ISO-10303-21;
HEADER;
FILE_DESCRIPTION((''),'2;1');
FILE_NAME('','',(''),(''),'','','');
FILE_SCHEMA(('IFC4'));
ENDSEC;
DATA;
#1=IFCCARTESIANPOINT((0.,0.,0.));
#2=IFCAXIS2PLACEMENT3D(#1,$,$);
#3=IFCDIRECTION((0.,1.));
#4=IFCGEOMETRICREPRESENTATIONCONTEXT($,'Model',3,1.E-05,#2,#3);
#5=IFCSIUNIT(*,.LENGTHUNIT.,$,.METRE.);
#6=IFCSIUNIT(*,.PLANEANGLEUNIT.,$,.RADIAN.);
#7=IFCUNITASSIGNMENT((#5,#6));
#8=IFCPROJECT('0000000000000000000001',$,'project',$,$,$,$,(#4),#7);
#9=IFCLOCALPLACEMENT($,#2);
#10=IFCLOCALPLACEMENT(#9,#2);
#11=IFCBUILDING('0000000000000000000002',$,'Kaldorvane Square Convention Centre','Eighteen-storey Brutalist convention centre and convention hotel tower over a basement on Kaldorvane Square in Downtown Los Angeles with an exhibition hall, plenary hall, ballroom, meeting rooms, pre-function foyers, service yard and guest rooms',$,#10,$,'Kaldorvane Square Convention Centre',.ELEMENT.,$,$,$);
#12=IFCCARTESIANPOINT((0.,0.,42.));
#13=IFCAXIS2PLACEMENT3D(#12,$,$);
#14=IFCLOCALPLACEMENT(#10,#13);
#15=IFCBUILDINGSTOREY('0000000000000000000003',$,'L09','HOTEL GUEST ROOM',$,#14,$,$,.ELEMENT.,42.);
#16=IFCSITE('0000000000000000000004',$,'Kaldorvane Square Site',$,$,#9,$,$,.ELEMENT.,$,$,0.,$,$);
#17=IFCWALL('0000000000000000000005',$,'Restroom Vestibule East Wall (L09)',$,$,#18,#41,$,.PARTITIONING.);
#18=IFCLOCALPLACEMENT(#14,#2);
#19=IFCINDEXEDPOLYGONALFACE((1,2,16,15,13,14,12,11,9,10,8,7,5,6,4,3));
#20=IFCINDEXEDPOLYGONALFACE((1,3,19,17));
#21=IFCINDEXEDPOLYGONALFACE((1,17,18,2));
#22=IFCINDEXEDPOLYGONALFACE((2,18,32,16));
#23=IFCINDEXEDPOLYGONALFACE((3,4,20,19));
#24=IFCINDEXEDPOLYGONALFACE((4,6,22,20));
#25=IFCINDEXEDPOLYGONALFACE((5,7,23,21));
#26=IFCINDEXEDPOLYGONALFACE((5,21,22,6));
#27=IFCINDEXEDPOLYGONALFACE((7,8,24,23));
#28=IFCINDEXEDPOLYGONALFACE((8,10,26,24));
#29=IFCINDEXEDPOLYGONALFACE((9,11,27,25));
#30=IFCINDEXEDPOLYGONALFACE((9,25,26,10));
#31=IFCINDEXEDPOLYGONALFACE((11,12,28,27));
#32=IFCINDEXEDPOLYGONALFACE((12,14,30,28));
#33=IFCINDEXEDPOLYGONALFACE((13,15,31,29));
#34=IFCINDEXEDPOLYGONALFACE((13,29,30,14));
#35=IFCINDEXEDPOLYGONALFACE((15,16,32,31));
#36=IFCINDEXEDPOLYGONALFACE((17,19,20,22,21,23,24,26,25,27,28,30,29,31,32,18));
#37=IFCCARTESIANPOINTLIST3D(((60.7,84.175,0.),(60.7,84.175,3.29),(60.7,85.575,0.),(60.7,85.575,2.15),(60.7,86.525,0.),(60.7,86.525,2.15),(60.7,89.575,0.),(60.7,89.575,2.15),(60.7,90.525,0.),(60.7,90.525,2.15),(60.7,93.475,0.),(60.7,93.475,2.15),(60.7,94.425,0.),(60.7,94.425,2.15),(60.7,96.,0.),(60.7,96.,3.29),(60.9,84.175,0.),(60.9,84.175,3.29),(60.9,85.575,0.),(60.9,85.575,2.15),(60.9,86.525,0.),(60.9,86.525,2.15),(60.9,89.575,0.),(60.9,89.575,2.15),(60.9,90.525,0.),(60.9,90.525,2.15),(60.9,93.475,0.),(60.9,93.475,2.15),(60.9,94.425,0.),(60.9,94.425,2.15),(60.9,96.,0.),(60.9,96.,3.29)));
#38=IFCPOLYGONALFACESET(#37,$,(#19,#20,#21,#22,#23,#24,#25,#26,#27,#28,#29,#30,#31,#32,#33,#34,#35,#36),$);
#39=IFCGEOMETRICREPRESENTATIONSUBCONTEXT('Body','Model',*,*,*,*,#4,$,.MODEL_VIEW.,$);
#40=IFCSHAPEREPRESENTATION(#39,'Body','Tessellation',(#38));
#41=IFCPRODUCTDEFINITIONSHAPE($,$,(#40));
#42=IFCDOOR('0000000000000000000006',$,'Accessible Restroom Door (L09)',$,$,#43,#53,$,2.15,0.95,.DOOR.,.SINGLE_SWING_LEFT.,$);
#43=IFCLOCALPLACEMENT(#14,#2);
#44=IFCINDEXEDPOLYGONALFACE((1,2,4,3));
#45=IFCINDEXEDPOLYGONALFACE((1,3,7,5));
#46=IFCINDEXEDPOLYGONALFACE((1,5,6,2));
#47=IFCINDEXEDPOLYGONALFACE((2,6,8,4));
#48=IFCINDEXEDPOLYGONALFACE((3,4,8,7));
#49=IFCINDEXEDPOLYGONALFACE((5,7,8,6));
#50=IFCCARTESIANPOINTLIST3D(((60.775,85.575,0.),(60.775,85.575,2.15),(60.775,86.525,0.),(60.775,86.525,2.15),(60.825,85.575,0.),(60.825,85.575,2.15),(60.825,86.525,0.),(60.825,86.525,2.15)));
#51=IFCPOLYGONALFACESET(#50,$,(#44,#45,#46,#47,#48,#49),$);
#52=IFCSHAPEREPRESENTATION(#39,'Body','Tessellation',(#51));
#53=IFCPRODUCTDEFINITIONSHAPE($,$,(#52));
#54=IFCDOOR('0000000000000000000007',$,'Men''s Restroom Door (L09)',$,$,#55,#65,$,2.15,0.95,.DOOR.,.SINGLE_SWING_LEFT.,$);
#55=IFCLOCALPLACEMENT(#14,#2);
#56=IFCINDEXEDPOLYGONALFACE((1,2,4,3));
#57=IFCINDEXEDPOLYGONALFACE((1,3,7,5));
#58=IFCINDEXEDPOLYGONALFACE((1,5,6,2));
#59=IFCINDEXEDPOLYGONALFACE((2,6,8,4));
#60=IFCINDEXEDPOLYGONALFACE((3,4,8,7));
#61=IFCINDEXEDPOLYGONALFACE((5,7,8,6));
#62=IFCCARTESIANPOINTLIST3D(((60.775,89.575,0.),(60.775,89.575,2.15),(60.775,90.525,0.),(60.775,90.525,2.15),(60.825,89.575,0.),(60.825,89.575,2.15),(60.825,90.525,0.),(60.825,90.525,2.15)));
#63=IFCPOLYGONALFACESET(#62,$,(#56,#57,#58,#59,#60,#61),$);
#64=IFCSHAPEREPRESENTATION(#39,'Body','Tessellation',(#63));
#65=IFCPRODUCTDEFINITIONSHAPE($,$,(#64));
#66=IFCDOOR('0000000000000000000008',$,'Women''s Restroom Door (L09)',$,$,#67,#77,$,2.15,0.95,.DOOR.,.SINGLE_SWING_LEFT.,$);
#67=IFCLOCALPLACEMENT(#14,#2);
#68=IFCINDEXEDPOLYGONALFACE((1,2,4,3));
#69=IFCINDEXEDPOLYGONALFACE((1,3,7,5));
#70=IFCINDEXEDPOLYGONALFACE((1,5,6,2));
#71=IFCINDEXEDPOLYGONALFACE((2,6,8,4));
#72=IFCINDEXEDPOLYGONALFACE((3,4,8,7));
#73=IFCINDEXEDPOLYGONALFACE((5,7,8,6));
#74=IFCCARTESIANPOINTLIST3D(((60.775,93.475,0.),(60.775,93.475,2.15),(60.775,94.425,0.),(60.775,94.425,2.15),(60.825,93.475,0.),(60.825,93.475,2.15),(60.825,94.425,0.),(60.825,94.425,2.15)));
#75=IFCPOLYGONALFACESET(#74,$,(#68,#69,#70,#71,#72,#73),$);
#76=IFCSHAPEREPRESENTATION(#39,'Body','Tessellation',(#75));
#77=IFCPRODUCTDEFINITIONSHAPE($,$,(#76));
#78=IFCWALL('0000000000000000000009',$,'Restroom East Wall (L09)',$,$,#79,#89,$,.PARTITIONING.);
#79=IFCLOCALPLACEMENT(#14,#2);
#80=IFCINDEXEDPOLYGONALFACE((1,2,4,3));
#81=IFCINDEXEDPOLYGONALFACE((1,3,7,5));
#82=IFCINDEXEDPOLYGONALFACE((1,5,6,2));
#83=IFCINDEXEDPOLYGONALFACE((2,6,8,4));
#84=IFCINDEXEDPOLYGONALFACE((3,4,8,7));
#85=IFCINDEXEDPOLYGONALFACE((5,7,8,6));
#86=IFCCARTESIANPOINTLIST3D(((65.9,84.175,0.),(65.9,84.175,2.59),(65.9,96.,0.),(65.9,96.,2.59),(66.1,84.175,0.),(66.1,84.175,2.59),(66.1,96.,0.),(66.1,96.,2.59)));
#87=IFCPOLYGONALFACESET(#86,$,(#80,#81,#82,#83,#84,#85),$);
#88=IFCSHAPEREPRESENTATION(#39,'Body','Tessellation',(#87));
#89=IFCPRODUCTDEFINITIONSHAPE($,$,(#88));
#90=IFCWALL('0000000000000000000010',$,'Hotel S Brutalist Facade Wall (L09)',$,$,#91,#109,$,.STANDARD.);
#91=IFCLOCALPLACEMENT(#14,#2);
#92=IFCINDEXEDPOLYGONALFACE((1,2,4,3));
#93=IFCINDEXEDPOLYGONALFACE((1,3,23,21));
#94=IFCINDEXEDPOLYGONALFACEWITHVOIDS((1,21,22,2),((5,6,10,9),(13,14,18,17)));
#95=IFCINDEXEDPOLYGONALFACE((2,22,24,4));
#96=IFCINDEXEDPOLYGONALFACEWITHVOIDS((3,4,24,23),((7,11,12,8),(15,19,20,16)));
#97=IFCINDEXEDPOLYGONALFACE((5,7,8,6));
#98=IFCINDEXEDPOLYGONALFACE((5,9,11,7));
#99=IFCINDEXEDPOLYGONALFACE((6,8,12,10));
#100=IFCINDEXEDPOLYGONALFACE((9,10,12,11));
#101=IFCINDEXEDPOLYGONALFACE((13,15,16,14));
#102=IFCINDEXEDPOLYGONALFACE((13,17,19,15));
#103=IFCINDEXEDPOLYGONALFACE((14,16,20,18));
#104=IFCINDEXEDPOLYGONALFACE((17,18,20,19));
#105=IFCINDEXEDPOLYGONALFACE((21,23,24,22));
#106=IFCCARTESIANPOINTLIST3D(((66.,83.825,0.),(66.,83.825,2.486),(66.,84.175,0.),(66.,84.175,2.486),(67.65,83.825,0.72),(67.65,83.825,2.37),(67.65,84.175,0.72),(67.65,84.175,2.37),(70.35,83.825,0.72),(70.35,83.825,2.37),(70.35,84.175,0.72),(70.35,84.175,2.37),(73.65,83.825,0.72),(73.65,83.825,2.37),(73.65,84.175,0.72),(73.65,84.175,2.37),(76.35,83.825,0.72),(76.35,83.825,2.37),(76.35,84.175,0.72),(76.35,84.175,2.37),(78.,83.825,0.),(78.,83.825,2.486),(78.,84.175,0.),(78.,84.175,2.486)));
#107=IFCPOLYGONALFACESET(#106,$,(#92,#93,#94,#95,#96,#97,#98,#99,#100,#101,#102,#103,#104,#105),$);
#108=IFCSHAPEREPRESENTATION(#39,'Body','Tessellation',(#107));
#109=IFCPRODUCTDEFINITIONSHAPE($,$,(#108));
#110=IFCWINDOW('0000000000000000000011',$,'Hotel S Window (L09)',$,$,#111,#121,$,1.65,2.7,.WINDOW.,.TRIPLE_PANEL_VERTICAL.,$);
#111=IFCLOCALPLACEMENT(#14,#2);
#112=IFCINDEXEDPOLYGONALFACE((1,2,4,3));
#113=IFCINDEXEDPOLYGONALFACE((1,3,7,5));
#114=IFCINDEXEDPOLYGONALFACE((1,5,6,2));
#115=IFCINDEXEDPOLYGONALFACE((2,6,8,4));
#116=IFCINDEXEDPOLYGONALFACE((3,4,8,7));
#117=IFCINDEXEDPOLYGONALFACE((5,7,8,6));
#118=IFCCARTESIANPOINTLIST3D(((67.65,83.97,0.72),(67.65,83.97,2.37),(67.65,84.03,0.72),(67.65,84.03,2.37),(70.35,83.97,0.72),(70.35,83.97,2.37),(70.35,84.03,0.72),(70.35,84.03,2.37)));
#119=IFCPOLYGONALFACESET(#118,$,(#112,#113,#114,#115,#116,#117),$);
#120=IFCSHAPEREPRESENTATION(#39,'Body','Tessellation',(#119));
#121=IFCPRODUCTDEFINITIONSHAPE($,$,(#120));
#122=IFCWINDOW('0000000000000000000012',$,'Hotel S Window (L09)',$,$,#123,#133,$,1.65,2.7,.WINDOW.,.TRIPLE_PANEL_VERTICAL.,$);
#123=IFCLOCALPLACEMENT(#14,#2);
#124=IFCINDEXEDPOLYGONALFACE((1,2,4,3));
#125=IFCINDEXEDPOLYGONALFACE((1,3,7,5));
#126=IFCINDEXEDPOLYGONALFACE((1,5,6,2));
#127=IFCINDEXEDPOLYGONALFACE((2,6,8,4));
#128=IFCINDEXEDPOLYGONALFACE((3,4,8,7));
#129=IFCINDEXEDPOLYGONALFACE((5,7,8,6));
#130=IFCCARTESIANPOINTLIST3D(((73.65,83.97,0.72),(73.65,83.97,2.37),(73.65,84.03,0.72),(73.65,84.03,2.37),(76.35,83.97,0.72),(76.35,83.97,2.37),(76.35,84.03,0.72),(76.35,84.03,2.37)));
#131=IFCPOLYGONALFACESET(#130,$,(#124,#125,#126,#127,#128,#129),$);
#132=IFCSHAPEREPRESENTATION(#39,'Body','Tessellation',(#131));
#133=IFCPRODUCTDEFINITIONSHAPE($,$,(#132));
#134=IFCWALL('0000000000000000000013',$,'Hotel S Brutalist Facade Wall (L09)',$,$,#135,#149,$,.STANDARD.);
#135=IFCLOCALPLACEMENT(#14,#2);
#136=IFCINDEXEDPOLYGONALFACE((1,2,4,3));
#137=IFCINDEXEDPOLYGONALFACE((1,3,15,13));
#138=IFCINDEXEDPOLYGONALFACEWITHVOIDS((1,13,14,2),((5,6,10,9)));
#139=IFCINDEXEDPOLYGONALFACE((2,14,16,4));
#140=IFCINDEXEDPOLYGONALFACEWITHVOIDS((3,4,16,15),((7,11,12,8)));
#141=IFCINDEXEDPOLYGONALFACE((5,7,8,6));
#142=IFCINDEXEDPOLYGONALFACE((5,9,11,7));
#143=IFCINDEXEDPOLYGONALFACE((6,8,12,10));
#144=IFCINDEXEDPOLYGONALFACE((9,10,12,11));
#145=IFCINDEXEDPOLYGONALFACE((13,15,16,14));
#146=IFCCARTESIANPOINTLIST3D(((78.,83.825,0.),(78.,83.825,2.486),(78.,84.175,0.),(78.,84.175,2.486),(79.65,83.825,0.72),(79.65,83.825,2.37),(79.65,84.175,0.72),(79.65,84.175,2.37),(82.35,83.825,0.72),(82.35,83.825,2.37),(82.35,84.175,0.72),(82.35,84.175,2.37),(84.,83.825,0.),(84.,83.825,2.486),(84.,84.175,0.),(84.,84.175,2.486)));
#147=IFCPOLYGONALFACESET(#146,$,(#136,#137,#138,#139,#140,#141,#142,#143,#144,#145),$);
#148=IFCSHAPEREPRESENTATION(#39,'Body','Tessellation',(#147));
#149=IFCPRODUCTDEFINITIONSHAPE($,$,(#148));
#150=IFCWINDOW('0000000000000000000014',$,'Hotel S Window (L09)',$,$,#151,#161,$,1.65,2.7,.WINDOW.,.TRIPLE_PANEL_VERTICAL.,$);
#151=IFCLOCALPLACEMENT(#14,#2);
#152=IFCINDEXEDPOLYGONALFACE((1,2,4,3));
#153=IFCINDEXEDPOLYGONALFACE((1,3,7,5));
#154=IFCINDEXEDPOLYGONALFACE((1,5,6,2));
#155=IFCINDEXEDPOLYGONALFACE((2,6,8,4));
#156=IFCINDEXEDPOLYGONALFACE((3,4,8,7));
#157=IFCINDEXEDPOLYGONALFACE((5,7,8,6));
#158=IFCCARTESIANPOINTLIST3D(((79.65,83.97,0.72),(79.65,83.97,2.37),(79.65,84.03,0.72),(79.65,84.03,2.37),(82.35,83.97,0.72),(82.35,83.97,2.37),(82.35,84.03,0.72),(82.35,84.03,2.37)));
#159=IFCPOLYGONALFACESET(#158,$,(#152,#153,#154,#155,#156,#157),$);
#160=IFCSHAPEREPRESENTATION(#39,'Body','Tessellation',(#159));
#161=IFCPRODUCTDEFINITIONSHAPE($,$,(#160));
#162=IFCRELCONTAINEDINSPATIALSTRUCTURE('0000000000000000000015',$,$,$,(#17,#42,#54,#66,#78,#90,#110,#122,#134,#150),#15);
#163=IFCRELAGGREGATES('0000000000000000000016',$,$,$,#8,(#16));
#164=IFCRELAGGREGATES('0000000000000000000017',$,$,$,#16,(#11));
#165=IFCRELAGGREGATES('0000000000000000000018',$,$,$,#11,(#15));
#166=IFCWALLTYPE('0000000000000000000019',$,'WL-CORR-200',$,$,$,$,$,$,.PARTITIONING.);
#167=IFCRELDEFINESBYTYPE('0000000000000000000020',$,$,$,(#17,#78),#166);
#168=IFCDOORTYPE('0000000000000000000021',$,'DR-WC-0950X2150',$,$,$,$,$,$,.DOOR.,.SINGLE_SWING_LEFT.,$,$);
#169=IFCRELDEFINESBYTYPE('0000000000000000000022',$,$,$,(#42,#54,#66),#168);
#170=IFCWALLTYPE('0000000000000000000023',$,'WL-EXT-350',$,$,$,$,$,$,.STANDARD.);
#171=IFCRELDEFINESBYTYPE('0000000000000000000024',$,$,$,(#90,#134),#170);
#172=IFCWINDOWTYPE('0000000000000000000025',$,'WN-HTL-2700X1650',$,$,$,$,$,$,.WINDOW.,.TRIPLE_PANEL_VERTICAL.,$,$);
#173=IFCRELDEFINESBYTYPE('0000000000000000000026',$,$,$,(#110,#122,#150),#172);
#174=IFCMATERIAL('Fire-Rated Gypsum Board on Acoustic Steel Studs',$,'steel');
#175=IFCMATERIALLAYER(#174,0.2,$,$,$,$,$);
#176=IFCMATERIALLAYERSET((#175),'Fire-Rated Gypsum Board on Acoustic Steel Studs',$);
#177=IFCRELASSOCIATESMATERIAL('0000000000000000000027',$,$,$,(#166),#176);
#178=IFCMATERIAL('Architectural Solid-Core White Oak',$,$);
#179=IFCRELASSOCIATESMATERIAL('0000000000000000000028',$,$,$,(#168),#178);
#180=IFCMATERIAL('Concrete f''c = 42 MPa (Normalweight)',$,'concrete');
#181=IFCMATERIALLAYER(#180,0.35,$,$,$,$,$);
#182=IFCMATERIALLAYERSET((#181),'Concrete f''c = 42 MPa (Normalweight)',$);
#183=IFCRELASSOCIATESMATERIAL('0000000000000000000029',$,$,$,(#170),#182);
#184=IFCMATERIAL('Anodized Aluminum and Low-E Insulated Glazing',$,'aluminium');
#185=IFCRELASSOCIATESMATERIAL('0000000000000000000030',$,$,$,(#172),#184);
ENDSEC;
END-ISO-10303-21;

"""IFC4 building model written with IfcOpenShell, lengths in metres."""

from ifc_helpers import new_model, si_unit, direction, frame, frame_2d, origin, place, context, subcontext, project, spatial, rectangle, extrude, material, layer, layer_set, type_object, element, fill, save


model = new_model("IFC4")

# Units and contexts
model_context = context("Model", 3, precision=1e-05, world=origin(), true_north=direction((0.0, 1.0)))
body_context = subcontext(model_context, "Body", "Model", "MODEL_VIEW")
ifc_project = project(units=[si_unit("LENGTHUNIT", "METRE"), si_unit("PLANEANGLEUNIT", "RADIAN")], contexts=[model_context])

# Site, building, storey
site_placement = place(None, origin())
site = spatial("IfcSite", under=ifc_project, at=site_placement, Name="Kaldorvane Square Site", CompositionType="ELEMENT", RefElevation=0.0)
building_placement = place(site_placement, origin())
building = spatial("IfcBuilding", under=site, at=building_placement, Name="Kaldorvane Square Convention Centre", Description="Eighteen-storey Brutalist convention centre and convention hotel tower over a basement on Kaldorvane Square in Downtown Los Angeles with an exhibition hall, plenary hall, ballroom, meeting rooms, pre-function foyers, service yard and guest rooms", LongName="Kaldorvane Square Convention Centre", CompositionType="ELEMENT")
storey_placement = place(building_placement, frame((0.0, 0.0, 42.0)))
storey = spatial("IfcBuildingStorey", under=building, at=storey_placement, Name="L09", Description="HOTEL GUEST ROOM", CompositionType="ELEMENT", Elevation=42.0)

# Shared definitions
ifc_material_1 = material(Name="Concrete f'c = 42 MPa (Normalweight)", Category="concrete")

# Shared definitions
ifc_material_2 = material(Name="Fire-Rated Gypsum Board on Acoustic Steel Studs", Category="steel")
ifc_layer_1 = layer(ifc_material_2, 0.2)
ifc_layer_set_1 = layer_set([ifc_layer_1], Name="Fire-Rated Gypsum Board on Acoustic Steel Studs")
wall_type_1 = type_object("IfcWallType", Name="WL-CORR-200", PredefinedType="PARTITIONING", material=ifc_layer_set_1)

# Wall, openings, doors
wall_1_placement = place(storey_placement, frame((60.8, 84.175, 0.0), z_axis=(0.0, 0.0, 1.0), x_axis=(0.0, 1.0, 0.0)))
wall_1 = element("IfcWall", 1, at=wall_1_placement, inside=storey, type_object=wall_type_1, Name="Restroom Vestibule East Wall (L09)", PredefinedType="PARTITIONING", context=body_context, shape_type="SweptSolid", body=[
    extrude(rectangle(XDim=11.825, YDim=0.2, at=frame_2d((5.9125, 0.0))), origin(), (0.0, 0.0, 1.0), 3.29),
])
opening_1_placement = place(wall_1_placement, frame((1.4, 0.0, 0.0)))
opening_1 = element("IfcOpeningElement", 2, at=opening_1_placement, cuts=wall_1, PredefinedType="OPENING", context=body_context, shape_type="SweptSolid", body=[
    extrude(rectangle(XDim=0.95, YDim=2.15, at=frame_2d((0.475, 1.075))), frame((0.0, 0.115, 0.0), z_axis=(0.0, -1.0, 0.0), x_axis=(1.0, 0.0, 0.0)), (0.0, 0.0, 1.0), 0.23),
])
opening_2_placement = place(wall_1_placement, frame((5.4, 0.0, 0.0)))
opening_2 = element("IfcOpeningElement", 3, at=opening_2_placement, cuts=wall_1, PredefinedType="OPENING", context=body_context, shape_type="SweptSolid", body=[
    extrude(rectangle(XDim=0.95, YDim=2.15, at=frame_2d((0.475, 1.075))), frame((0.0, 0.115, 0.0), z_axis=(0.0, -1.0, 0.0), x_axis=(1.0, 0.0, 0.0)), (0.0, 0.0, 1.0), 0.23),
])
opening_3_placement = place(wall_1_placement, frame((9.3, 0.0, 0.0)))
opening_3 = element("IfcOpeningElement", 4, at=opening_3_placement, cuts=wall_1, PredefinedType="OPENING", context=body_context, shape_type="SweptSolid", body=[
    extrude(rectangle(XDim=0.95, YDim=2.15, at=frame_2d((0.475, 1.075))), frame((0.0, 0.115, 0.0), z_axis=(0.0, -1.0, 0.0), x_axis=(1.0, 0.0, 0.0)), (0.0, 0.0, 1.0), 0.23),
])
ifc_material_3 = material(Name="Architectural Solid-Core White Oak")
door_type_1 = type_object("IfcDoorType", Name="DR-WC-0950X2150", OperationType="SINGLE_SWING_LEFT", PredefinedType="DOOR", material=ifc_material_3)
door_1_placement = place(opening_1_placement, origin())
door_1 = element("IfcDoor", 5, at=door_1_placement, inside=storey, type_object=door_type_1, Name="Accessible Restroom Door (L09)", OperationType="SINGLE_SWING_LEFT", OverallHeight=2.15, OverallWidth=0.95, PredefinedType="DOOR", context=body_context, shape_type="SweptSolid", body=[
    extrude(rectangle(XDim=0.95, YDim=2.15, at=frame_2d((0.475, 1.075))), frame((0.0, 0.025, 0.0), z_axis=(0.0, -1.0, 0.0), x_axis=(1.0, 0.0, 0.0)), (0.0, 0.0, 1.0), 0.05),
])
fill(opening_1, door_1)
door_2_placement = place(opening_2_placement, origin())
door_2 = element("IfcDoor", 6, at=door_2_placement, inside=storey, type_object=door_type_1, Name="Men's Restroom Door (L09)", OperationType="SINGLE_SWING_LEFT", OverallHeight=2.15, OverallWidth=0.95, PredefinedType="DOOR", context=body_context, shape_type="SweptSolid", body=[
    extrude(rectangle(XDim=0.95, YDim=2.15, at=frame_2d((0.475, 1.075))), frame((0.0, 0.025, 0.0), z_axis=(0.0, -1.0, 0.0), x_axis=(1.0, 0.0, 0.0)), (0.0, 0.0, 1.0), 0.05),
])
fill(opening_2, door_2)
door_3_placement = place(opening_3_placement, origin())
door_3 = element("IfcDoor", 7, at=door_3_placement, inside=storey, type_object=door_type_1, Name="Women's Restroom Door (L09)", OperationType="SINGLE_SWING_LEFT", OverallHeight=2.15, OverallWidth=0.95, PredefinedType="DOOR", context=body_context, shape_type="SweptSolid", body=[
    extrude(rectangle(XDim=0.95, YDim=2.15, at=frame_2d((0.475, 1.075))), frame((0.0, 0.025, 0.0), z_axis=(0.0, -1.0, 0.0), x_axis=(1.0, 0.0, 0.0)), (0.0, 0.0, 1.0), 0.05),
])
fill(opening_3, door_3)

# Wall
wall_2_placement = place(storey_placement, frame((66.0, 84.175, 0.0), z_axis=(0.0, 0.0, 1.0), x_axis=(0.0, 1.0, 0.0)))
element("IfcWall", 8, at=wall_2_placement, inside=storey, type_object=wall_type_1, Name="Restroom East Wall (L09)", PredefinedType="PARTITIONING", context=body_context, shape_type="SweptSolid", body=[
    extrude(rectangle(XDim=11.825, YDim=0.2, at=frame_2d((5.9125, 0.0))), origin(), (0.0, 0.0, 1.0), 2.59),
])

# Wall, openings, windows
ifc_layer_2 = layer(ifc_material_1, 0.35)
ifc_layer_set_2 = layer_set([ifc_layer_2], Name="Concrete f'c = 42 MPa (Normalweight)")
wall_type_2 = type_object("IfcWallType", Name="WL-EXT-350", PredefinedType="STANDARD", material=ifc_layer_set_2)
wall_3_placement = place(storey_placement, frame((66.0, 84.0, 0.0), z_axis=(0.0, 0.0, 1.0), x_axis=(1.0, 0.0, 0.0)))
wall_3 = element("IfcWall", 9, at=wall_3_placement, inside=storey, type_object=wall_type_2, Name="Hotel S Brutalist Facade Wall (L09)", PredefinedType="STANDARD", context=body_context, shape_type="SweptSolid", body=[
    extrude(rectangle(XDim=12.0, YDim=0.35, at=frame_2d((6.0, 0.0))), origin(), (0.0, 0.0, 1.0), 2.486),
])
opening_4_placement = place(wall_3_placement, frame((1.65, 0.0, 0.72)))
opening_4 = element("IfcOpeningElement", 10, at=opening_4_placement, cuts=wall_3, PredefinedType="OPENING", context=body_context, shape_type="SweptSolid", body=[
    extrude(rectangle(XDim=2.7, YDim=1.65, at=frame_2d((1.35, 0.825))), frame((0.0, 0.19, 0.0), z_axis=(0.0, -1.0, 0.0), x_axis=(1.0, 0.0, 0.0)), (0.0, 0.0, 1.0), 0.38),
])
opening_5_placement = place(wall_3_placement, frame((7.65, 0.0, 0.72)))
opening_5 = element("IfcOpeningElement", 11, at=opening_5_placement, cuts=wall_3, PredefinedType="OPENING", context=body_context, shape_type="SweptSolid", body=[
    extrude(rectangle(XDim=2.7, YDim=1.65, at=frame_2d((1.35, 0.825))), frame((0.0, 0.19, 0.0), z_axis=(0.0, -1.0, 0.0), x_axis=(1.0, 0.0, 0.0)), (0.0, 0.0, 1.0), 0.38),
])
ifc_material_4 = material(Name="Anodized Aluminum and Low-E Insulated Glazing", Category="aluminium")
window_type = type_object("IfcWindowType", Name="WN-HTL-2700X1650", PartitioningType="TRIPLE_PANEL_VERTICAL", PredefinedType="WINDOW", material=ifc_material_4)
window_1_placement = place(opening_4_placement, origin())
window_1 = element("IfcWindow", 12, at=window_1_placement, inside=storey, type_object=window_type, Name="Hotel S Window (L09)", OverallHeight=1.65, OverallWidth=2.7, PartitioningType="TRIPLE_PANEL_VERTICAL", PredefinedType="WINDOW", context=body_context, shape_type="SweptSolid", body=[
    extrude(rectangle(XDim=2.7, YDim=1.65, at=frame_2d((1.35, 0.825))), frame((0.0, 0.03, 0.0), z_axis=(0.0, -1.0, 0.0), x_axis=(1.0, 0.0, 0.0)), (0.0, 0.0, 1.0), 0.06),
])
fill(opening_4, window_1)
window_2_placement = place(opening_5_placement, origin())
window_2 = element("IfcWindow", 13, at=window_2_placement, inside=storey, type_object=window_type, Name="Hotel S Window (L09)", OverallHeight=1.65, OverallWidth=2.7, PartitioningType="TRIPLE_PANEL_VERTICAL", PredefinedType="WINDOW", context=body_context, shape_type="SweptSolid", body=[
    extrude(rectangle(XDim=2.7, YDim=1.65, at=frame_2d((1.35, 0.825))), frame((0.0, 0.03, 0.0), z_axis=(0.0, -1.0, 0.0), x_axis=(1.0, 0.0, 0.0)), (0.0, 0.0, 1.0), 0.06),
])
fill(opening_5, window_2)

# Wall, opening, window
wall_4_placement = place(storey_placement, frame((78.0, 84.0, 0.0), z_axis=(0.0, 0.0, 1.0), x_axis=(1.0, 0.0, 0.0)))
wall_4 = element("IfcWall", 14, at=wall_4_placement, inside=storey, type_object=wall_type_2, Name="Hotel S Brutalist Facade Wall (L09)", PredefinedType="STANDARD", context=body_context, shape_type="SweptSolid", body=[
    extrude(rectangle(XDim=6.0, YDim=0.35, at=frame_2d((3.0, 0.0))), origin(), (0.0, 0.0, 1.0), 2.486),
])
opening_6_placement = place(wall_4_placement, frame((1.65, 0.0, 0.72)))
opening_6 = element("IfcOpeningElement", 15, at=opening_6_placement, cuts=wall_4, PredefinedType="OPENING", context=body_context, shape_type="SweptSolid", body=[
    extrude(rectangle(XDim=2.7, YDim=1.65, at=frame_2d((1.35, 0.825))), frame((0.0, 0.19, 0.0), z_axis=(0.0, -1.0, 0.0), x_axis=(1.0, 0.0, 0.0)), (0.0, 0.0, 1.0), 0.38),
])
window_3_placement = place(opening_6_placement, origin())
window_3 = element("IfcWindow", 16, at=window_3_placement, inside=storey, type_object=window_type, Name="Hotel S Window (L09)", OverallHeight=1.65, OverallWidth=2.7, PartitioningType="TRIPLE_PANEL_VERTICAL", PredefinedType="WINDOW", context=body_context, shape_type="SweptSolid", body=[
    extrude(rectangle(XDim=2.7, YDim=1.65, at=frame_2d((1.35, 0.825))), frame((0.0, 0.03, 0.0), z_axis=(0.0, -1.0, 0.0), x_axis=(1.0, 0.0, 0.0)), (0.0, 0.0, 1.0), 0.06),
])
fill(opening_6, window_3)

save(model, "model.ifc")
